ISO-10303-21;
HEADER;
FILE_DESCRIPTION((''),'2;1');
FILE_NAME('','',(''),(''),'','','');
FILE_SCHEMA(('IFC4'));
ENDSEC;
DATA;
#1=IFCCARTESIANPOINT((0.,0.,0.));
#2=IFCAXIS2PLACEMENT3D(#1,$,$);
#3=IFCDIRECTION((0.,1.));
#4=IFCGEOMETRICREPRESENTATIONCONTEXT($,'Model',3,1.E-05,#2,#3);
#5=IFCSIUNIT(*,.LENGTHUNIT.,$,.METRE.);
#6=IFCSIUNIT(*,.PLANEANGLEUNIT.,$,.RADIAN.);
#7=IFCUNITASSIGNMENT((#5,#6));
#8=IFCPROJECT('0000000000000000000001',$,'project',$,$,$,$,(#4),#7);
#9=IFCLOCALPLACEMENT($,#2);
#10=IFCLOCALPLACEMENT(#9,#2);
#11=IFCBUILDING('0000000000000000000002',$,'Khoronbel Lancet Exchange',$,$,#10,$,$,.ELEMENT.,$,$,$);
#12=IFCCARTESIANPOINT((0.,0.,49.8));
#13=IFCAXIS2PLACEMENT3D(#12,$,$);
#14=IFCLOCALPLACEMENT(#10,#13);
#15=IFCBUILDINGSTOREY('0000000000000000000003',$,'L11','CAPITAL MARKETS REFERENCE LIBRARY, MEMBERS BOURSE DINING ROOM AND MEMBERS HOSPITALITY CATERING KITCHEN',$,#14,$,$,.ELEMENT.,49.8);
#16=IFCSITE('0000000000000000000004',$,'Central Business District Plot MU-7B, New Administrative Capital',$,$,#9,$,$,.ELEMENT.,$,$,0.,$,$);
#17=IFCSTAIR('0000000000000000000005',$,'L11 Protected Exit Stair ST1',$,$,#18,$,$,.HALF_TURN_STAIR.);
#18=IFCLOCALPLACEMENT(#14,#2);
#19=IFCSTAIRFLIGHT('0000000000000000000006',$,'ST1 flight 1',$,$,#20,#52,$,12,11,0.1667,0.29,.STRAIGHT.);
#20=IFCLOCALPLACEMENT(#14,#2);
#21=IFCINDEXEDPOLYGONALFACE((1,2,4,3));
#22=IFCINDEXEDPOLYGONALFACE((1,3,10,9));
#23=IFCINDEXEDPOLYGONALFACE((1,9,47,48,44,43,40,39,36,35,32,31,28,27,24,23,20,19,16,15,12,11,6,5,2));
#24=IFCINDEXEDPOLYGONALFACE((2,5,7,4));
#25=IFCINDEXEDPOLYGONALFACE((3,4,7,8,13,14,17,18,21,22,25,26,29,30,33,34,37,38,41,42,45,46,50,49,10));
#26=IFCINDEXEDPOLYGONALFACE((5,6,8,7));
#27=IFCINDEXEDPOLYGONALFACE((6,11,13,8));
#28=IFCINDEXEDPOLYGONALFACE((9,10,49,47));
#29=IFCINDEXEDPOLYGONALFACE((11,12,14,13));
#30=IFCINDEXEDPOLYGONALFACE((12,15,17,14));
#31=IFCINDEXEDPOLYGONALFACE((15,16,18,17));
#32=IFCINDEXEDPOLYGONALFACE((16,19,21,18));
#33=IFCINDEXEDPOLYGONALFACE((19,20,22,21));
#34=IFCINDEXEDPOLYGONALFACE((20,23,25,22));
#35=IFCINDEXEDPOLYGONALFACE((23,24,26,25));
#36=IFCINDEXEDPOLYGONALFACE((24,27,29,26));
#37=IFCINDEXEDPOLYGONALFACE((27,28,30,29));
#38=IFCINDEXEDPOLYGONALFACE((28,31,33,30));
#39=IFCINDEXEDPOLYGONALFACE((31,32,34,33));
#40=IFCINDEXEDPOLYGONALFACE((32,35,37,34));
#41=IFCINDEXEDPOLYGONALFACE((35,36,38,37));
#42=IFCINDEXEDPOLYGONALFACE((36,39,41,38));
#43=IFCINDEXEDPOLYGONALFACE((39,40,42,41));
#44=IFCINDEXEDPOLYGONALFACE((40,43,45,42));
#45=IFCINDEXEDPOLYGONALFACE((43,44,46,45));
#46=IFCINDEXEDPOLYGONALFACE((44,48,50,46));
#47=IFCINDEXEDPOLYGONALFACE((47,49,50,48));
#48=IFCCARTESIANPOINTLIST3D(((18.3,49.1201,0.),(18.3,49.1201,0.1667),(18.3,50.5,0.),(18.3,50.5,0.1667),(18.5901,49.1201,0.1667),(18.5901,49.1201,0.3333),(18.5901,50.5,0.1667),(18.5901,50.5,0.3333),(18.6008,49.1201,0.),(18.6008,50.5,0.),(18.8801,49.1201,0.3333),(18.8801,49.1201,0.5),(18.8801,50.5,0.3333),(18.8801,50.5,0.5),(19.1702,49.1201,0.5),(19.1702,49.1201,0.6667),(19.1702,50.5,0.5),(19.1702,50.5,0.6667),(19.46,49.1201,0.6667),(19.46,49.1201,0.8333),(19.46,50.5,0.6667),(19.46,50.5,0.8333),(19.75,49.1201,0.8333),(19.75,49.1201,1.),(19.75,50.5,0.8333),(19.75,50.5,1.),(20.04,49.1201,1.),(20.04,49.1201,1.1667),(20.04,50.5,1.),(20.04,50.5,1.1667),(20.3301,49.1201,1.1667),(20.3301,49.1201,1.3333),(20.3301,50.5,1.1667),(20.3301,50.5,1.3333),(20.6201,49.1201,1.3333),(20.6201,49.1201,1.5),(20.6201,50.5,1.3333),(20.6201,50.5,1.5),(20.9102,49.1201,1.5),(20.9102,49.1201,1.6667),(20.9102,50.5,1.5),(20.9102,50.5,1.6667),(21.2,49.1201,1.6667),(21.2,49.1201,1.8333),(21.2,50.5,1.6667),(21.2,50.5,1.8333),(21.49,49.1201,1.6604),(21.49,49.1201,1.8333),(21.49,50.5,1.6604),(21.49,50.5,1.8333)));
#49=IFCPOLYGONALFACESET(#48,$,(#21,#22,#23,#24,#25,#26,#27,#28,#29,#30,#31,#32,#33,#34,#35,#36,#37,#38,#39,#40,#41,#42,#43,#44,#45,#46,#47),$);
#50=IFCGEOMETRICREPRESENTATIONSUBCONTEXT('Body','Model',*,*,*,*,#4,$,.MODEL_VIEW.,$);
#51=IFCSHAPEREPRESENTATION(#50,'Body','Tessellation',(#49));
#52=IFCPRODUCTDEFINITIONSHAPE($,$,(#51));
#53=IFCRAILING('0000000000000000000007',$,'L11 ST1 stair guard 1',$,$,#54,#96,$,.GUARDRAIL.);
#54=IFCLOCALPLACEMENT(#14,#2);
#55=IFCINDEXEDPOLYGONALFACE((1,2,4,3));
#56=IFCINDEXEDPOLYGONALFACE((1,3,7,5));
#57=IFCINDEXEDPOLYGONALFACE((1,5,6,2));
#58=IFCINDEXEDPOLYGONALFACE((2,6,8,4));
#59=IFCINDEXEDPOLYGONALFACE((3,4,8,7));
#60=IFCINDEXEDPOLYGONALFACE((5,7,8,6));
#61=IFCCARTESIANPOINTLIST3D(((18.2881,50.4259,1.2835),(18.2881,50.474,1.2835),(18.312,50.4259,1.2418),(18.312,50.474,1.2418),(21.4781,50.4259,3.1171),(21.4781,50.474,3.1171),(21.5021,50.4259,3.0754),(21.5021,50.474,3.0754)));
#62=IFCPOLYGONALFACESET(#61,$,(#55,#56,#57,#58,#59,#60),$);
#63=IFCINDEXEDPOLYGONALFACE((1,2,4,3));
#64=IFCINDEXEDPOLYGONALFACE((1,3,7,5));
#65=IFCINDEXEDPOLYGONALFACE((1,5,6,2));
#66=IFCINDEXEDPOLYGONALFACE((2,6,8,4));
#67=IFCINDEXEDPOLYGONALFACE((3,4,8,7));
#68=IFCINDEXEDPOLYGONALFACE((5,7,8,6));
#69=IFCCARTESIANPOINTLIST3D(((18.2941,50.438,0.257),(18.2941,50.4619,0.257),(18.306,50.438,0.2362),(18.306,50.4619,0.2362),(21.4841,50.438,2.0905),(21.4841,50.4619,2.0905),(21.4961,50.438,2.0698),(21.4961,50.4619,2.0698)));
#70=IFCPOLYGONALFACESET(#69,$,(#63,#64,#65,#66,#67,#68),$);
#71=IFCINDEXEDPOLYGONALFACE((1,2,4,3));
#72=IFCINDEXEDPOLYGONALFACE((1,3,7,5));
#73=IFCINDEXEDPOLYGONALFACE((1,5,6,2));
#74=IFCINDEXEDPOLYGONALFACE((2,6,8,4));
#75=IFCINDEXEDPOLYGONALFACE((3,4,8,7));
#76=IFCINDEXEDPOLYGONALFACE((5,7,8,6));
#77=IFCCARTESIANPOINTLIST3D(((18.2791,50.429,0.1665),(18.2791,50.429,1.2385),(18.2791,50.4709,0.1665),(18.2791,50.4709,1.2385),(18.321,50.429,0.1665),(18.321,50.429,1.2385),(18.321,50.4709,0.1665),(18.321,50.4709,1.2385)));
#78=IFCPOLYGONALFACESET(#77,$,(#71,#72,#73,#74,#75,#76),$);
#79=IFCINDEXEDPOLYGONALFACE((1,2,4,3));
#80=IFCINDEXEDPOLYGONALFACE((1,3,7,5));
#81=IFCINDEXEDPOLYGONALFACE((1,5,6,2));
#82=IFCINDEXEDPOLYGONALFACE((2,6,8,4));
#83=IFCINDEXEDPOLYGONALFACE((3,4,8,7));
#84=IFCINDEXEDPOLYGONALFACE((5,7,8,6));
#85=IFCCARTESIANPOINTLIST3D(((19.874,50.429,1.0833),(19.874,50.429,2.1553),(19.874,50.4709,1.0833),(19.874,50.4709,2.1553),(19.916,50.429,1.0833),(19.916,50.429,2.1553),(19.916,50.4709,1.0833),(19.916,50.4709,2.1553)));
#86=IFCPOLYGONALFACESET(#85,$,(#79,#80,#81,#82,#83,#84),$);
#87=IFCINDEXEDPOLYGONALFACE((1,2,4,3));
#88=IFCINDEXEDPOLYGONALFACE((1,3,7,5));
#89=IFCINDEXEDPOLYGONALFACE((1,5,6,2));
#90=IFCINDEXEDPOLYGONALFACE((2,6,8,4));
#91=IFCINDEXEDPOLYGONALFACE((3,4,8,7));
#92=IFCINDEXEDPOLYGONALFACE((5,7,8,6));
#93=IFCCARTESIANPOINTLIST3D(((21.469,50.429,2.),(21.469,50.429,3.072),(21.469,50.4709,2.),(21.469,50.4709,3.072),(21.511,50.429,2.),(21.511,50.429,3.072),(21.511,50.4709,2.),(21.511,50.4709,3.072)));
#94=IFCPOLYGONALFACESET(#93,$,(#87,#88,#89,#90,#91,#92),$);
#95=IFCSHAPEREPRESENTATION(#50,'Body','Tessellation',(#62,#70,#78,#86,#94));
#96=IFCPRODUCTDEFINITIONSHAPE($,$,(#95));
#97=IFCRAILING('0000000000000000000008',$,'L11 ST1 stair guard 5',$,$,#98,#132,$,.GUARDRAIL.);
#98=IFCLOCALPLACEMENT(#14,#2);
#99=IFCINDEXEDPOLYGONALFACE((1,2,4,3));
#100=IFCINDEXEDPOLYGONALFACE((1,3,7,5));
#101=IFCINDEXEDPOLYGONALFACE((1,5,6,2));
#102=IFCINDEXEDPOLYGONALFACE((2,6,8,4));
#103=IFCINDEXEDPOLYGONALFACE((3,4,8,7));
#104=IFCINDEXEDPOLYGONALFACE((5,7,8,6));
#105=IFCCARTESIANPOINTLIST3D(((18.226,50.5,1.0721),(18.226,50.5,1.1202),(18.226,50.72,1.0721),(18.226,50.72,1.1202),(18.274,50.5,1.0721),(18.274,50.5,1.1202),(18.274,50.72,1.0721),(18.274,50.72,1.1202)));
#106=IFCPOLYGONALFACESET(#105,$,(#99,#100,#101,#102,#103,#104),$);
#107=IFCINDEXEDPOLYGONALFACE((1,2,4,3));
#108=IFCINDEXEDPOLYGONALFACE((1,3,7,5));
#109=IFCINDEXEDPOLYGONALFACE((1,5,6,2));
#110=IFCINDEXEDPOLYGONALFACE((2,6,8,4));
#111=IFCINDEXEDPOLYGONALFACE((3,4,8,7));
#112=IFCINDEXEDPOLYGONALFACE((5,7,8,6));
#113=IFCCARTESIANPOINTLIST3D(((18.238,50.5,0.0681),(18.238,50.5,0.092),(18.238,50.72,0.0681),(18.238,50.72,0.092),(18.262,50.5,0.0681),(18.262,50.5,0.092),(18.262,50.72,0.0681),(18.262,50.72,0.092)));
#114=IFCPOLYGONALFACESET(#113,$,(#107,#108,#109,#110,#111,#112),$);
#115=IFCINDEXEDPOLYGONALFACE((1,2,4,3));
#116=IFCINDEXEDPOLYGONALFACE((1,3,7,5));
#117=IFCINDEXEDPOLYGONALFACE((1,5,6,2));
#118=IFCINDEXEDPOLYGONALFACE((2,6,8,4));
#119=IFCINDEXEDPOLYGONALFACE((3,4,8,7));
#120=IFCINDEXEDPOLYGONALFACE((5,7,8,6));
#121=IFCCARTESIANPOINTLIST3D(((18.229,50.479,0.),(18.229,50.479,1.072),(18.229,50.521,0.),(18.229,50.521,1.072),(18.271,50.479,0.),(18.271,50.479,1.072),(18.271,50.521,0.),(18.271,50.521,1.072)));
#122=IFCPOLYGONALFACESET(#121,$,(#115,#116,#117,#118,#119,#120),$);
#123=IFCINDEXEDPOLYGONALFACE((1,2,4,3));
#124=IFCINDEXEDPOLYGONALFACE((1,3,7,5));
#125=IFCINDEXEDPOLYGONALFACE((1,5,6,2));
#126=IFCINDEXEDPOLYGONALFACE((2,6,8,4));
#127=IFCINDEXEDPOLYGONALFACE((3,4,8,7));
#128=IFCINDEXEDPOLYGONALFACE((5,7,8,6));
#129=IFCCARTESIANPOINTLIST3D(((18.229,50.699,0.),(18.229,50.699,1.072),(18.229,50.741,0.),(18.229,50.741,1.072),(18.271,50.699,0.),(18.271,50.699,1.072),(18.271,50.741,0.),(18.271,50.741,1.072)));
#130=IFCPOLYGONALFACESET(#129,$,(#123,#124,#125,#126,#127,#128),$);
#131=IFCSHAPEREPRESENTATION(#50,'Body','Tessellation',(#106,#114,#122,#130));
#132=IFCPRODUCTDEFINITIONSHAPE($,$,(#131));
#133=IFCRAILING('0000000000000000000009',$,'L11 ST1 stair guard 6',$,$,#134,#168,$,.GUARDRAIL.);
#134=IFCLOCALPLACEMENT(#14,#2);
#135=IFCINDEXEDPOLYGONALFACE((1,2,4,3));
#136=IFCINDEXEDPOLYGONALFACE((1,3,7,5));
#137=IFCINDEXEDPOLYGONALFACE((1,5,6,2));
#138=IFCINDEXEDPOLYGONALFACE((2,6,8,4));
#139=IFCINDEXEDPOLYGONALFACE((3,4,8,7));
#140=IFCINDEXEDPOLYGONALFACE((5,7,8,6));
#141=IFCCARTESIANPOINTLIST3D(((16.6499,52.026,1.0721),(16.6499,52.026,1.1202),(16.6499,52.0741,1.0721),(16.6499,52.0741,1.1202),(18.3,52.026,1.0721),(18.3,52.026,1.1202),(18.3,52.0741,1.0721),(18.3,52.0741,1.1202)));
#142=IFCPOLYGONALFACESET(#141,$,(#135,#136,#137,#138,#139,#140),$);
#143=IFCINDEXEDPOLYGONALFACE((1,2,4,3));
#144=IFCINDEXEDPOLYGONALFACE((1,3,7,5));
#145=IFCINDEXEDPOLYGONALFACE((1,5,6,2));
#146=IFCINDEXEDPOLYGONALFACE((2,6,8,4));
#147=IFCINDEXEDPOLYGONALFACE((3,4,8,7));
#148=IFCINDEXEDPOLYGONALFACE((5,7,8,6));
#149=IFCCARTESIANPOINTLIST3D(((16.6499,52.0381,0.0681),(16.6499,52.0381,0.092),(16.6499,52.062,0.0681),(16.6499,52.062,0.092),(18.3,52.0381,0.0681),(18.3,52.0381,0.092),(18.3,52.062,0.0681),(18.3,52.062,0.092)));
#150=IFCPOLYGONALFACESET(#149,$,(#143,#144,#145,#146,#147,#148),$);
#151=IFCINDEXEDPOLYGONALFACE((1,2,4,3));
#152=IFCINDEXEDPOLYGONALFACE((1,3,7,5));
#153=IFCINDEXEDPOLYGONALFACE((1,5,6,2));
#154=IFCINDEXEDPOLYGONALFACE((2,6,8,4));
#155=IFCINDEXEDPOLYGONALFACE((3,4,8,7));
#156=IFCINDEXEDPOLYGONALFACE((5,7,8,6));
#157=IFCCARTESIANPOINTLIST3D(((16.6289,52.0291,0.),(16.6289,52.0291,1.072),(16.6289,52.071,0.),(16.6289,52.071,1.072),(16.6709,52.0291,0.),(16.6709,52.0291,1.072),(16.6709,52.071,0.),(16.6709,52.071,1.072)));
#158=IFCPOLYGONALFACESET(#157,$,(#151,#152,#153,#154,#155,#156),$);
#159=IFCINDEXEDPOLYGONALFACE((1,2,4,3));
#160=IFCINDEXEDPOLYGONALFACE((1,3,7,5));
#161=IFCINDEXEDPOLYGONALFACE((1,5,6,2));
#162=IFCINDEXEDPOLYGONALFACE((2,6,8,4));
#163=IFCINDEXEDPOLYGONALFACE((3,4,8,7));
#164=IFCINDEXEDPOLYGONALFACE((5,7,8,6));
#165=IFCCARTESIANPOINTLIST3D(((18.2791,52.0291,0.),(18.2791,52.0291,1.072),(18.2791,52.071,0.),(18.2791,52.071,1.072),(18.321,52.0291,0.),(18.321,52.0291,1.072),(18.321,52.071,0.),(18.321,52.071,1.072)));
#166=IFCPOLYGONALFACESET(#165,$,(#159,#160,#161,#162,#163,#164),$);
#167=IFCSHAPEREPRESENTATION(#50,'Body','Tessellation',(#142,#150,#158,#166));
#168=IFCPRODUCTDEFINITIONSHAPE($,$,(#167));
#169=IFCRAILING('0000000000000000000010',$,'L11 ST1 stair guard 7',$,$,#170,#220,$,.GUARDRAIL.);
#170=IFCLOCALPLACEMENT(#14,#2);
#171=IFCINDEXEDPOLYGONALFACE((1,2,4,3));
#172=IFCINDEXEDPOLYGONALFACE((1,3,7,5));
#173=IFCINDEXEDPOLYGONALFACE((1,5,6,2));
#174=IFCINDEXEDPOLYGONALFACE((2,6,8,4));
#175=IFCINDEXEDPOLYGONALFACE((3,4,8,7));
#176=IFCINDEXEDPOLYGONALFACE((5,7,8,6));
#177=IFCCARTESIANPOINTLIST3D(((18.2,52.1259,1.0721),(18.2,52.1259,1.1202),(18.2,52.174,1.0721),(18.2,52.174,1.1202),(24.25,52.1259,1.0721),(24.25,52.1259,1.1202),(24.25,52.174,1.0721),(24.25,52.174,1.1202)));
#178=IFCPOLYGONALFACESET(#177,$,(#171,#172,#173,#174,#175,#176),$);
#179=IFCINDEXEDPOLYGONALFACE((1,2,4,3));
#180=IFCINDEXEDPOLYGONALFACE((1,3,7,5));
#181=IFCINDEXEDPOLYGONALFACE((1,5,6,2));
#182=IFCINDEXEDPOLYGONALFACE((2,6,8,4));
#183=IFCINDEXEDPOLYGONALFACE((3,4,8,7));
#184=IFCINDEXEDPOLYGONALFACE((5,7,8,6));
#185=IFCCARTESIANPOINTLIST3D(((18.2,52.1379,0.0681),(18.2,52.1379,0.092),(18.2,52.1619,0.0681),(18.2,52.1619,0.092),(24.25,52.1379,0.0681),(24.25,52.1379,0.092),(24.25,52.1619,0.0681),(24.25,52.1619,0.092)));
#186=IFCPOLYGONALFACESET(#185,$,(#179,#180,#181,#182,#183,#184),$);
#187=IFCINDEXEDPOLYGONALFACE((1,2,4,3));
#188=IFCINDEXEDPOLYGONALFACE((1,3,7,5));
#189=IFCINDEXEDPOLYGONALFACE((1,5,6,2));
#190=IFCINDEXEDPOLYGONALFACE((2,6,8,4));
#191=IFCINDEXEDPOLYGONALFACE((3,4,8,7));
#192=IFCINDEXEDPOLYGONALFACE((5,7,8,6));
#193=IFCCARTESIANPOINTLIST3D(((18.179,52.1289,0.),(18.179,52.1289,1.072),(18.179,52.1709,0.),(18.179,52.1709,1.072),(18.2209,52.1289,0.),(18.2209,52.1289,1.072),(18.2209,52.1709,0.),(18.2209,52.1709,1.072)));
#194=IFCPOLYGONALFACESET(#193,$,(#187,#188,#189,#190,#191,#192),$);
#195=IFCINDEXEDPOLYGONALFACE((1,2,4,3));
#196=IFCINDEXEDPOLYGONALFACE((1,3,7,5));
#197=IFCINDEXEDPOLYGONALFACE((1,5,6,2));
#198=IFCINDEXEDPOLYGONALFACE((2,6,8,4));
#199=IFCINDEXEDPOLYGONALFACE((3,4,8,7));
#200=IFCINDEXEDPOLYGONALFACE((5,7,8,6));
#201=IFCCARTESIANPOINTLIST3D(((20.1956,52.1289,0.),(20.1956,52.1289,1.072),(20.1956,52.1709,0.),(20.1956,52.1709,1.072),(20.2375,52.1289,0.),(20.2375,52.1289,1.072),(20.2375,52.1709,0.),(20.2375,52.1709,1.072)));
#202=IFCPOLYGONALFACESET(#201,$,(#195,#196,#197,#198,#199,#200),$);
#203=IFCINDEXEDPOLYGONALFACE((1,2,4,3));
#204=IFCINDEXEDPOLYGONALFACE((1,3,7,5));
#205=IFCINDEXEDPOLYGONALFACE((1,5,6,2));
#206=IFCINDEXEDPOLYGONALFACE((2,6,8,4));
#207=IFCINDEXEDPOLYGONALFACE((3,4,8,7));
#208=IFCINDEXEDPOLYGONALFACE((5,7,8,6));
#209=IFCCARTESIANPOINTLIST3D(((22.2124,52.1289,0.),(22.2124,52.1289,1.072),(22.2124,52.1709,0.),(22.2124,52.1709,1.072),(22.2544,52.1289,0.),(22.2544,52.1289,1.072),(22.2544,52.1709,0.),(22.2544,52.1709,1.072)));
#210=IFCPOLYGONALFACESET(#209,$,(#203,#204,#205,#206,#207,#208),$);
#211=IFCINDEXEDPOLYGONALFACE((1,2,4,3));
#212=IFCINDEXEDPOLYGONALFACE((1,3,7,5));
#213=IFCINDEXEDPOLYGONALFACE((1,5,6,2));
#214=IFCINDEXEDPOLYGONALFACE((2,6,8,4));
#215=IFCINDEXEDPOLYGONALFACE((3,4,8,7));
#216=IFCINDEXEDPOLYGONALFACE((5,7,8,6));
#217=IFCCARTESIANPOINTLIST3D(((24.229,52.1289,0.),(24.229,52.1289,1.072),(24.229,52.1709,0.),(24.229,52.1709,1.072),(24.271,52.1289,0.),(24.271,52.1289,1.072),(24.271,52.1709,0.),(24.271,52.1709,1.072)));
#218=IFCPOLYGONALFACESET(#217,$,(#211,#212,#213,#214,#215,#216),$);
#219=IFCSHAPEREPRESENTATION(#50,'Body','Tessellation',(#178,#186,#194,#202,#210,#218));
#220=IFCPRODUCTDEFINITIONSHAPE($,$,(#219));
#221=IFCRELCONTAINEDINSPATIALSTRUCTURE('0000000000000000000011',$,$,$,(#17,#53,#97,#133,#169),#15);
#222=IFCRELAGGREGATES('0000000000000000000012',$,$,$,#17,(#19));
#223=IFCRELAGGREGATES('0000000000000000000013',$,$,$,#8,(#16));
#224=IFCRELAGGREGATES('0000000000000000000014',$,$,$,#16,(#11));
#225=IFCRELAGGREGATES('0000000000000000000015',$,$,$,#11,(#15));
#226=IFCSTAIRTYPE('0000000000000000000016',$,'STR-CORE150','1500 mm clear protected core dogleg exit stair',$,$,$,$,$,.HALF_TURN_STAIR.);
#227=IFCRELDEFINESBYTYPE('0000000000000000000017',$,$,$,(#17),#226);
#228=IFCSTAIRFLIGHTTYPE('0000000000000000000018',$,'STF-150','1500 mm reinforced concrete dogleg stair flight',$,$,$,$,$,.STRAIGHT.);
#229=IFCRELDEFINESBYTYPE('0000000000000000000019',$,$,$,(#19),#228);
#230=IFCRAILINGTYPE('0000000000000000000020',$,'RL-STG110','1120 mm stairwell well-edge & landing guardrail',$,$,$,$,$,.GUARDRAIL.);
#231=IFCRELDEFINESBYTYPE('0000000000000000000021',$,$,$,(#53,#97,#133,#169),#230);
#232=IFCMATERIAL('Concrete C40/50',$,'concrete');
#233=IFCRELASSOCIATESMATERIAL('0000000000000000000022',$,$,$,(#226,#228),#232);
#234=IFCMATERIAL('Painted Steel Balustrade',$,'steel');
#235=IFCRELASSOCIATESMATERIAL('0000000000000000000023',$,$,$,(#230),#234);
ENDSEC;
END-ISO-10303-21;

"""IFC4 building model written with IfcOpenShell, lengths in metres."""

from ifc_helpers import new_model, si_unit, direction, frame, origin, origin_2d, place, context, subcontext, project, spatial, polyline, rectangle, outline, extrude, material, type_object, element, aggregate, save


model = new_model("IFC4")

# Units and contexts
model_context = context("Model", 3, precision=1e-05, world=origin(), true_north=direction((0.0, 1.0)))
body_context = subcontext(model_context, "Body", "Model", "MODEL_VIEW")
ifc_project = project(units=[si_unit("LENGTHUNIT", "METRE"), si_unit("PLANEANGLEUNIT", "RADIAN")], contexts=[model_context])

# Site, building, storey
site_placement = place(None, origin())
site = spatial("IfcSite", under=ifc_project, at=site_placement, Name="Central Business District Plot MU-7B, New Administrative Capital", CompositionType="ELEMENT", RefElevation=0.0)
building_placement = place(site_placement, origin())
building = spatial("IfcBuilding", under=site, at=building_placement, Name="Khoronbel Lancet Exchange", CompositionType="ELEMENT")
storey_placement = place(building_placement, frame((0.0, 0.0, 49.8)))
storey = spatial("IfcBuildingStorey", under=building, at=storey_placement, Name="L11", Description="CAPITAL MARKETS REFERENCE LIBRARY, MEMBERS BOURSE DINING ROOM AND MEMBERS HOSPITALITY CATERING KITCHEN", CompositionType="ELEMENT", Elevation=49.8)

# Stair, stair flight
ifc_material_1 = material(Name="Concrete C40/50", Category="concrete")
stair_type = type_object("IfcStairType", Name="STR-CORE150", Description="1500 mm clear protected core dogleg exit stair", PredefinedType="HALF_TURN_STAIR", material=ifc_material_1)
stair_placement = place(storey_placement, origin())
stair = element("IfcStair", 1, at=stair_placement, inside=storey, type_object=stair_type, Name="L11 Protected Exit Stair ST1", PredefinedType="HALF_TURN_STAIR")
stair_flight_type = type_object("IfcStairFlightType", Name="STF-150", Description="1500 mm reinforced concrete dogleg stair flight", PredefinedType="STRAIGHT", material=ifc_material_1)
stair_flight_placement = place(storey_placement, frame((18.3, 49.8101, 0.0), z_axis=(0.0, 0.0, 1.0), x_axis=(1.0, 0.0, 0.0)))
stair_flight = element("IfcStairFlight", 2, at=stair_flight_placement, type_object=stair_flight_type, Name="ST1 flight 1", NumberOfRisers=12, NumberOfTreads=11, PredefinedType="STRAIGHT", RiserHeight=0.1667, TreadLength=0.29, context=body_context, shape_type="SweptSolid", body=[
    extrude(outline(polyline([(0.0, 0.0), (0.0, 0.1667), (0.29, 0.1667), (0.29, 0.3333), (0.5801, 0.3333), (0.5801, 0.5), (0.8701, 0.5), (0.8701, 0.6667), (1.1599, 0.6667), (1.1599, 0.8333), (1.45, 0.8333), (1.45, 1.0), (1.74, 1.0), (1.74, 1.1667), (2.03, 1.1667), (2.03, 1.3333), (2.3201, 1.3333), (2.3201, 1.5), (2.6101, 1.5), (2.6101, 1.6667), (2.8999, 1.6667), (2.8999, 1.8333), (3.1899, 1.8333), (3.1899, 2.0), (3.1899, 1.6604), (0.3008, 0.0), (0.0, 0.0)])), frame((0.0, 0.6899, 0.0), z_axis=(0.0, -1.0, 0.0), x_axis=(1.0, 0.0, 0.0)), (0.0, 0.0, 1.0), 1.3799),
])
aggregate(stair, [stair_flight])

# Railings
ifc_material_2 = material(Name="Painted Steel Balustrade", Category="steel")
railing_type_1 = type_object("IfcRailingType", Name="RL-STG110", Description="1120 mm stairwell well-edge & landing guardrail", PredefinedType="GUARDRAIL", material=ifc_material_2)
railing_1_placement = place(storey_placement, frame((18.3, 50.45, 0.1665)))
element("IfcRailing", 3, at=railing_1_placement, inside=storey, type_object=railing_type_1, Name="L11 ST1 stair guard 1", PredefinedType="GUARDRAIL", context=body_context, shape_type="SweptSolid", body=[
    extrude(rectangle(XDim=0.0481, YDim=0.0481, at=origin_2d()), frame((0.0, 0.0, 1.0962), z_axis=(0.866991, 0.0, 0.498324), x_axis=(0.0, 1.0, 0.0)), (0.0, 0.0, 1.0), 3.6794),
    extrude(rectangle(XDim=0.0239, YDim=0.0239, at=origin_2d()), frame((0.0, 0.0, 0.0801), z_axis=(0.866991, 0.0, 0.498324), x_axis=(0.0, 1.0, 0.0)), (0.0, 0.0, 1.0), 3.6794),
    extrude(rectangle(XDim=0.042, YDim=0.042, at=origin_2d()), origin(), (0.0, 0.0, 1.0), 1.072),
    extrude(rectangle(XDim=0.042, YDim=0.042, at=origin_2d()), frame((1.595, 0.0, 0.9167)), (0.0, 0.0, 1.0), 1.072),
    extrude(rectangle(XDim=0.042, YDim=0.042, at=origin_2d()), frame((3.1899, 0.0, 1.8335)), (0.0, 0.0, 1.0), 1.072),
])
railing_2_placement = place(storey_placement, frame((18.25, 50.5, 0.0)))
element("IfcRailing", 4, at=railing_2_placement, inside=storey, type_object=railing_type_1, Name="L11 ST1 stair guard 5", PredefinedType="GUARDRAIL", context=body_context, shape_type="SweptSolid", body=[
    extrude(rectangle(XDim=0.0481, YDim=0.0481, at=origin_2d()), frame((0.0, 0.0, 1.0962), z_axis=(0.0, 1.0, 0.0), x_axis=(-1.0, 0.0, 0.0)), (0.0, 0.0, 1.0), 0.22),
    extrude(rectangle(XDim=0.0239, YDim=0.0239, at=origin_2d()), frame((0.0, 0.0, 0.0801), z_axis=(0.0, 1.0, 0.0), x_axis=(-1.0, 0.0, 0.0)), (0.0, 0.0, 1.0), 0.22),
    extrude(rectangle(XDim=0.042, YDim=0.042, at=origin_2d()), origin(), (0.0, 0.0, 1.0), 1.072),
    extrude(rectangle(XDim=0.042, YDim=0.042, at=origin_2d()), frame((0.0, 0.22, 0.0)), (0.0, 0.0, 1.0), 1.072),
])
railing_3_placement = place(storey_placement, frame((16.6499, 52.05, 0.0)))
element("IfcRailing", 5, at=railing_3_placement, inside=storey, type_object=railing_type_1, Name="L11 ST1 stair guard 6", PredefinedType="GUARDRAIL", context=body_context, shape_type="SweptSolid", body=[
    extrude(rectangle(XDim=0.0481, YDim=0.0481, at=origin_2d()), frame((0.0, 0.0, 1.0962), z_axis=(1.0, 0.0, 0.0), x_axis=(0.0, 1.0, 0.0)), (0.0, 0.0, 1.0), 1.6501),
    extrude(rectangle(XDim=0.0239, YDim=0.0239, at=origin_2d()), frame((0.0, 0.0, 0.0801), z_axis=(1.0, 0.0, 0.0), x_axis=(0.0, 1.0, 0.0)), (0.0, 0.0, 1.0), 1.6501),
    extrude(rectangle(XDim=0.042, YDim=0.042, at=origin_2d()), origin(), (0.0, 0.0, 1.0), 1.072),
    extrude(rectangle(XDim=0.042, YDim=0.042, at=origin_2d()), frame((1.6501, 0.0, 0.0)), (0.0, 0.0, 1.0), 1.072),
])
railing_4_placement = place(storey_placement, frame((18.2, 52.1499, 0.0)))
element("IfcRailing", 6, at=railing_4_placement, inside=storey, type_object=railing_type_1, Name="L11 ST1 stair guard 7", PredefinedType="GUARDRAIL", context=body_context, shape_type="SweptSolid", body=[
    extrude(rectangle(XDim=0.0481, YDim=0.0481, at=origin_2d()), frame((0.0, 0.0, 1.0962), z_axis=(1.0, 0.0, 0.0), x_axis=(0.0, 1.0, 0.0)), (0.0, 0.0, 1.0), 6.05),
    extrude(rectangle(XDim=0.0239, YDim=0.0239, at=origin_2d()), frame((0.0, 0.0, 0.0801), z_axis=(1.0, 0.0, 0.0), x_axis=(0.0, 1.0, 0.0)), (0.0, 0.0, 1.0), 6.05),
    extrude(rectangle(XDim=0.042, YDim=0.042, at=origin_2d()), origin(), (0.0, 0.0, 1.0), 1.072),
    extrude(rectangle(XDim=0.042, YDim=0.042, at=origin_2d()), frame((2.0166, 0.0, 0.0)), (0.0, 0.0, 1.0), 1.072),
    extrude(rectangle(XDim=0.042, YDim=0.042, at=origin_2d()), frame((4.0334, 0.0, 0.0)), (0.0, 0.0, 1.0), 1.072),
    extrude(rectangle(XDim=0.042, YDim=0.042, at=origin_2d()), frame((6.05, 0.0, 0.0)), (0.0, 0.0, 1.0), 1.072),
])

save(model, "model.ifc")
